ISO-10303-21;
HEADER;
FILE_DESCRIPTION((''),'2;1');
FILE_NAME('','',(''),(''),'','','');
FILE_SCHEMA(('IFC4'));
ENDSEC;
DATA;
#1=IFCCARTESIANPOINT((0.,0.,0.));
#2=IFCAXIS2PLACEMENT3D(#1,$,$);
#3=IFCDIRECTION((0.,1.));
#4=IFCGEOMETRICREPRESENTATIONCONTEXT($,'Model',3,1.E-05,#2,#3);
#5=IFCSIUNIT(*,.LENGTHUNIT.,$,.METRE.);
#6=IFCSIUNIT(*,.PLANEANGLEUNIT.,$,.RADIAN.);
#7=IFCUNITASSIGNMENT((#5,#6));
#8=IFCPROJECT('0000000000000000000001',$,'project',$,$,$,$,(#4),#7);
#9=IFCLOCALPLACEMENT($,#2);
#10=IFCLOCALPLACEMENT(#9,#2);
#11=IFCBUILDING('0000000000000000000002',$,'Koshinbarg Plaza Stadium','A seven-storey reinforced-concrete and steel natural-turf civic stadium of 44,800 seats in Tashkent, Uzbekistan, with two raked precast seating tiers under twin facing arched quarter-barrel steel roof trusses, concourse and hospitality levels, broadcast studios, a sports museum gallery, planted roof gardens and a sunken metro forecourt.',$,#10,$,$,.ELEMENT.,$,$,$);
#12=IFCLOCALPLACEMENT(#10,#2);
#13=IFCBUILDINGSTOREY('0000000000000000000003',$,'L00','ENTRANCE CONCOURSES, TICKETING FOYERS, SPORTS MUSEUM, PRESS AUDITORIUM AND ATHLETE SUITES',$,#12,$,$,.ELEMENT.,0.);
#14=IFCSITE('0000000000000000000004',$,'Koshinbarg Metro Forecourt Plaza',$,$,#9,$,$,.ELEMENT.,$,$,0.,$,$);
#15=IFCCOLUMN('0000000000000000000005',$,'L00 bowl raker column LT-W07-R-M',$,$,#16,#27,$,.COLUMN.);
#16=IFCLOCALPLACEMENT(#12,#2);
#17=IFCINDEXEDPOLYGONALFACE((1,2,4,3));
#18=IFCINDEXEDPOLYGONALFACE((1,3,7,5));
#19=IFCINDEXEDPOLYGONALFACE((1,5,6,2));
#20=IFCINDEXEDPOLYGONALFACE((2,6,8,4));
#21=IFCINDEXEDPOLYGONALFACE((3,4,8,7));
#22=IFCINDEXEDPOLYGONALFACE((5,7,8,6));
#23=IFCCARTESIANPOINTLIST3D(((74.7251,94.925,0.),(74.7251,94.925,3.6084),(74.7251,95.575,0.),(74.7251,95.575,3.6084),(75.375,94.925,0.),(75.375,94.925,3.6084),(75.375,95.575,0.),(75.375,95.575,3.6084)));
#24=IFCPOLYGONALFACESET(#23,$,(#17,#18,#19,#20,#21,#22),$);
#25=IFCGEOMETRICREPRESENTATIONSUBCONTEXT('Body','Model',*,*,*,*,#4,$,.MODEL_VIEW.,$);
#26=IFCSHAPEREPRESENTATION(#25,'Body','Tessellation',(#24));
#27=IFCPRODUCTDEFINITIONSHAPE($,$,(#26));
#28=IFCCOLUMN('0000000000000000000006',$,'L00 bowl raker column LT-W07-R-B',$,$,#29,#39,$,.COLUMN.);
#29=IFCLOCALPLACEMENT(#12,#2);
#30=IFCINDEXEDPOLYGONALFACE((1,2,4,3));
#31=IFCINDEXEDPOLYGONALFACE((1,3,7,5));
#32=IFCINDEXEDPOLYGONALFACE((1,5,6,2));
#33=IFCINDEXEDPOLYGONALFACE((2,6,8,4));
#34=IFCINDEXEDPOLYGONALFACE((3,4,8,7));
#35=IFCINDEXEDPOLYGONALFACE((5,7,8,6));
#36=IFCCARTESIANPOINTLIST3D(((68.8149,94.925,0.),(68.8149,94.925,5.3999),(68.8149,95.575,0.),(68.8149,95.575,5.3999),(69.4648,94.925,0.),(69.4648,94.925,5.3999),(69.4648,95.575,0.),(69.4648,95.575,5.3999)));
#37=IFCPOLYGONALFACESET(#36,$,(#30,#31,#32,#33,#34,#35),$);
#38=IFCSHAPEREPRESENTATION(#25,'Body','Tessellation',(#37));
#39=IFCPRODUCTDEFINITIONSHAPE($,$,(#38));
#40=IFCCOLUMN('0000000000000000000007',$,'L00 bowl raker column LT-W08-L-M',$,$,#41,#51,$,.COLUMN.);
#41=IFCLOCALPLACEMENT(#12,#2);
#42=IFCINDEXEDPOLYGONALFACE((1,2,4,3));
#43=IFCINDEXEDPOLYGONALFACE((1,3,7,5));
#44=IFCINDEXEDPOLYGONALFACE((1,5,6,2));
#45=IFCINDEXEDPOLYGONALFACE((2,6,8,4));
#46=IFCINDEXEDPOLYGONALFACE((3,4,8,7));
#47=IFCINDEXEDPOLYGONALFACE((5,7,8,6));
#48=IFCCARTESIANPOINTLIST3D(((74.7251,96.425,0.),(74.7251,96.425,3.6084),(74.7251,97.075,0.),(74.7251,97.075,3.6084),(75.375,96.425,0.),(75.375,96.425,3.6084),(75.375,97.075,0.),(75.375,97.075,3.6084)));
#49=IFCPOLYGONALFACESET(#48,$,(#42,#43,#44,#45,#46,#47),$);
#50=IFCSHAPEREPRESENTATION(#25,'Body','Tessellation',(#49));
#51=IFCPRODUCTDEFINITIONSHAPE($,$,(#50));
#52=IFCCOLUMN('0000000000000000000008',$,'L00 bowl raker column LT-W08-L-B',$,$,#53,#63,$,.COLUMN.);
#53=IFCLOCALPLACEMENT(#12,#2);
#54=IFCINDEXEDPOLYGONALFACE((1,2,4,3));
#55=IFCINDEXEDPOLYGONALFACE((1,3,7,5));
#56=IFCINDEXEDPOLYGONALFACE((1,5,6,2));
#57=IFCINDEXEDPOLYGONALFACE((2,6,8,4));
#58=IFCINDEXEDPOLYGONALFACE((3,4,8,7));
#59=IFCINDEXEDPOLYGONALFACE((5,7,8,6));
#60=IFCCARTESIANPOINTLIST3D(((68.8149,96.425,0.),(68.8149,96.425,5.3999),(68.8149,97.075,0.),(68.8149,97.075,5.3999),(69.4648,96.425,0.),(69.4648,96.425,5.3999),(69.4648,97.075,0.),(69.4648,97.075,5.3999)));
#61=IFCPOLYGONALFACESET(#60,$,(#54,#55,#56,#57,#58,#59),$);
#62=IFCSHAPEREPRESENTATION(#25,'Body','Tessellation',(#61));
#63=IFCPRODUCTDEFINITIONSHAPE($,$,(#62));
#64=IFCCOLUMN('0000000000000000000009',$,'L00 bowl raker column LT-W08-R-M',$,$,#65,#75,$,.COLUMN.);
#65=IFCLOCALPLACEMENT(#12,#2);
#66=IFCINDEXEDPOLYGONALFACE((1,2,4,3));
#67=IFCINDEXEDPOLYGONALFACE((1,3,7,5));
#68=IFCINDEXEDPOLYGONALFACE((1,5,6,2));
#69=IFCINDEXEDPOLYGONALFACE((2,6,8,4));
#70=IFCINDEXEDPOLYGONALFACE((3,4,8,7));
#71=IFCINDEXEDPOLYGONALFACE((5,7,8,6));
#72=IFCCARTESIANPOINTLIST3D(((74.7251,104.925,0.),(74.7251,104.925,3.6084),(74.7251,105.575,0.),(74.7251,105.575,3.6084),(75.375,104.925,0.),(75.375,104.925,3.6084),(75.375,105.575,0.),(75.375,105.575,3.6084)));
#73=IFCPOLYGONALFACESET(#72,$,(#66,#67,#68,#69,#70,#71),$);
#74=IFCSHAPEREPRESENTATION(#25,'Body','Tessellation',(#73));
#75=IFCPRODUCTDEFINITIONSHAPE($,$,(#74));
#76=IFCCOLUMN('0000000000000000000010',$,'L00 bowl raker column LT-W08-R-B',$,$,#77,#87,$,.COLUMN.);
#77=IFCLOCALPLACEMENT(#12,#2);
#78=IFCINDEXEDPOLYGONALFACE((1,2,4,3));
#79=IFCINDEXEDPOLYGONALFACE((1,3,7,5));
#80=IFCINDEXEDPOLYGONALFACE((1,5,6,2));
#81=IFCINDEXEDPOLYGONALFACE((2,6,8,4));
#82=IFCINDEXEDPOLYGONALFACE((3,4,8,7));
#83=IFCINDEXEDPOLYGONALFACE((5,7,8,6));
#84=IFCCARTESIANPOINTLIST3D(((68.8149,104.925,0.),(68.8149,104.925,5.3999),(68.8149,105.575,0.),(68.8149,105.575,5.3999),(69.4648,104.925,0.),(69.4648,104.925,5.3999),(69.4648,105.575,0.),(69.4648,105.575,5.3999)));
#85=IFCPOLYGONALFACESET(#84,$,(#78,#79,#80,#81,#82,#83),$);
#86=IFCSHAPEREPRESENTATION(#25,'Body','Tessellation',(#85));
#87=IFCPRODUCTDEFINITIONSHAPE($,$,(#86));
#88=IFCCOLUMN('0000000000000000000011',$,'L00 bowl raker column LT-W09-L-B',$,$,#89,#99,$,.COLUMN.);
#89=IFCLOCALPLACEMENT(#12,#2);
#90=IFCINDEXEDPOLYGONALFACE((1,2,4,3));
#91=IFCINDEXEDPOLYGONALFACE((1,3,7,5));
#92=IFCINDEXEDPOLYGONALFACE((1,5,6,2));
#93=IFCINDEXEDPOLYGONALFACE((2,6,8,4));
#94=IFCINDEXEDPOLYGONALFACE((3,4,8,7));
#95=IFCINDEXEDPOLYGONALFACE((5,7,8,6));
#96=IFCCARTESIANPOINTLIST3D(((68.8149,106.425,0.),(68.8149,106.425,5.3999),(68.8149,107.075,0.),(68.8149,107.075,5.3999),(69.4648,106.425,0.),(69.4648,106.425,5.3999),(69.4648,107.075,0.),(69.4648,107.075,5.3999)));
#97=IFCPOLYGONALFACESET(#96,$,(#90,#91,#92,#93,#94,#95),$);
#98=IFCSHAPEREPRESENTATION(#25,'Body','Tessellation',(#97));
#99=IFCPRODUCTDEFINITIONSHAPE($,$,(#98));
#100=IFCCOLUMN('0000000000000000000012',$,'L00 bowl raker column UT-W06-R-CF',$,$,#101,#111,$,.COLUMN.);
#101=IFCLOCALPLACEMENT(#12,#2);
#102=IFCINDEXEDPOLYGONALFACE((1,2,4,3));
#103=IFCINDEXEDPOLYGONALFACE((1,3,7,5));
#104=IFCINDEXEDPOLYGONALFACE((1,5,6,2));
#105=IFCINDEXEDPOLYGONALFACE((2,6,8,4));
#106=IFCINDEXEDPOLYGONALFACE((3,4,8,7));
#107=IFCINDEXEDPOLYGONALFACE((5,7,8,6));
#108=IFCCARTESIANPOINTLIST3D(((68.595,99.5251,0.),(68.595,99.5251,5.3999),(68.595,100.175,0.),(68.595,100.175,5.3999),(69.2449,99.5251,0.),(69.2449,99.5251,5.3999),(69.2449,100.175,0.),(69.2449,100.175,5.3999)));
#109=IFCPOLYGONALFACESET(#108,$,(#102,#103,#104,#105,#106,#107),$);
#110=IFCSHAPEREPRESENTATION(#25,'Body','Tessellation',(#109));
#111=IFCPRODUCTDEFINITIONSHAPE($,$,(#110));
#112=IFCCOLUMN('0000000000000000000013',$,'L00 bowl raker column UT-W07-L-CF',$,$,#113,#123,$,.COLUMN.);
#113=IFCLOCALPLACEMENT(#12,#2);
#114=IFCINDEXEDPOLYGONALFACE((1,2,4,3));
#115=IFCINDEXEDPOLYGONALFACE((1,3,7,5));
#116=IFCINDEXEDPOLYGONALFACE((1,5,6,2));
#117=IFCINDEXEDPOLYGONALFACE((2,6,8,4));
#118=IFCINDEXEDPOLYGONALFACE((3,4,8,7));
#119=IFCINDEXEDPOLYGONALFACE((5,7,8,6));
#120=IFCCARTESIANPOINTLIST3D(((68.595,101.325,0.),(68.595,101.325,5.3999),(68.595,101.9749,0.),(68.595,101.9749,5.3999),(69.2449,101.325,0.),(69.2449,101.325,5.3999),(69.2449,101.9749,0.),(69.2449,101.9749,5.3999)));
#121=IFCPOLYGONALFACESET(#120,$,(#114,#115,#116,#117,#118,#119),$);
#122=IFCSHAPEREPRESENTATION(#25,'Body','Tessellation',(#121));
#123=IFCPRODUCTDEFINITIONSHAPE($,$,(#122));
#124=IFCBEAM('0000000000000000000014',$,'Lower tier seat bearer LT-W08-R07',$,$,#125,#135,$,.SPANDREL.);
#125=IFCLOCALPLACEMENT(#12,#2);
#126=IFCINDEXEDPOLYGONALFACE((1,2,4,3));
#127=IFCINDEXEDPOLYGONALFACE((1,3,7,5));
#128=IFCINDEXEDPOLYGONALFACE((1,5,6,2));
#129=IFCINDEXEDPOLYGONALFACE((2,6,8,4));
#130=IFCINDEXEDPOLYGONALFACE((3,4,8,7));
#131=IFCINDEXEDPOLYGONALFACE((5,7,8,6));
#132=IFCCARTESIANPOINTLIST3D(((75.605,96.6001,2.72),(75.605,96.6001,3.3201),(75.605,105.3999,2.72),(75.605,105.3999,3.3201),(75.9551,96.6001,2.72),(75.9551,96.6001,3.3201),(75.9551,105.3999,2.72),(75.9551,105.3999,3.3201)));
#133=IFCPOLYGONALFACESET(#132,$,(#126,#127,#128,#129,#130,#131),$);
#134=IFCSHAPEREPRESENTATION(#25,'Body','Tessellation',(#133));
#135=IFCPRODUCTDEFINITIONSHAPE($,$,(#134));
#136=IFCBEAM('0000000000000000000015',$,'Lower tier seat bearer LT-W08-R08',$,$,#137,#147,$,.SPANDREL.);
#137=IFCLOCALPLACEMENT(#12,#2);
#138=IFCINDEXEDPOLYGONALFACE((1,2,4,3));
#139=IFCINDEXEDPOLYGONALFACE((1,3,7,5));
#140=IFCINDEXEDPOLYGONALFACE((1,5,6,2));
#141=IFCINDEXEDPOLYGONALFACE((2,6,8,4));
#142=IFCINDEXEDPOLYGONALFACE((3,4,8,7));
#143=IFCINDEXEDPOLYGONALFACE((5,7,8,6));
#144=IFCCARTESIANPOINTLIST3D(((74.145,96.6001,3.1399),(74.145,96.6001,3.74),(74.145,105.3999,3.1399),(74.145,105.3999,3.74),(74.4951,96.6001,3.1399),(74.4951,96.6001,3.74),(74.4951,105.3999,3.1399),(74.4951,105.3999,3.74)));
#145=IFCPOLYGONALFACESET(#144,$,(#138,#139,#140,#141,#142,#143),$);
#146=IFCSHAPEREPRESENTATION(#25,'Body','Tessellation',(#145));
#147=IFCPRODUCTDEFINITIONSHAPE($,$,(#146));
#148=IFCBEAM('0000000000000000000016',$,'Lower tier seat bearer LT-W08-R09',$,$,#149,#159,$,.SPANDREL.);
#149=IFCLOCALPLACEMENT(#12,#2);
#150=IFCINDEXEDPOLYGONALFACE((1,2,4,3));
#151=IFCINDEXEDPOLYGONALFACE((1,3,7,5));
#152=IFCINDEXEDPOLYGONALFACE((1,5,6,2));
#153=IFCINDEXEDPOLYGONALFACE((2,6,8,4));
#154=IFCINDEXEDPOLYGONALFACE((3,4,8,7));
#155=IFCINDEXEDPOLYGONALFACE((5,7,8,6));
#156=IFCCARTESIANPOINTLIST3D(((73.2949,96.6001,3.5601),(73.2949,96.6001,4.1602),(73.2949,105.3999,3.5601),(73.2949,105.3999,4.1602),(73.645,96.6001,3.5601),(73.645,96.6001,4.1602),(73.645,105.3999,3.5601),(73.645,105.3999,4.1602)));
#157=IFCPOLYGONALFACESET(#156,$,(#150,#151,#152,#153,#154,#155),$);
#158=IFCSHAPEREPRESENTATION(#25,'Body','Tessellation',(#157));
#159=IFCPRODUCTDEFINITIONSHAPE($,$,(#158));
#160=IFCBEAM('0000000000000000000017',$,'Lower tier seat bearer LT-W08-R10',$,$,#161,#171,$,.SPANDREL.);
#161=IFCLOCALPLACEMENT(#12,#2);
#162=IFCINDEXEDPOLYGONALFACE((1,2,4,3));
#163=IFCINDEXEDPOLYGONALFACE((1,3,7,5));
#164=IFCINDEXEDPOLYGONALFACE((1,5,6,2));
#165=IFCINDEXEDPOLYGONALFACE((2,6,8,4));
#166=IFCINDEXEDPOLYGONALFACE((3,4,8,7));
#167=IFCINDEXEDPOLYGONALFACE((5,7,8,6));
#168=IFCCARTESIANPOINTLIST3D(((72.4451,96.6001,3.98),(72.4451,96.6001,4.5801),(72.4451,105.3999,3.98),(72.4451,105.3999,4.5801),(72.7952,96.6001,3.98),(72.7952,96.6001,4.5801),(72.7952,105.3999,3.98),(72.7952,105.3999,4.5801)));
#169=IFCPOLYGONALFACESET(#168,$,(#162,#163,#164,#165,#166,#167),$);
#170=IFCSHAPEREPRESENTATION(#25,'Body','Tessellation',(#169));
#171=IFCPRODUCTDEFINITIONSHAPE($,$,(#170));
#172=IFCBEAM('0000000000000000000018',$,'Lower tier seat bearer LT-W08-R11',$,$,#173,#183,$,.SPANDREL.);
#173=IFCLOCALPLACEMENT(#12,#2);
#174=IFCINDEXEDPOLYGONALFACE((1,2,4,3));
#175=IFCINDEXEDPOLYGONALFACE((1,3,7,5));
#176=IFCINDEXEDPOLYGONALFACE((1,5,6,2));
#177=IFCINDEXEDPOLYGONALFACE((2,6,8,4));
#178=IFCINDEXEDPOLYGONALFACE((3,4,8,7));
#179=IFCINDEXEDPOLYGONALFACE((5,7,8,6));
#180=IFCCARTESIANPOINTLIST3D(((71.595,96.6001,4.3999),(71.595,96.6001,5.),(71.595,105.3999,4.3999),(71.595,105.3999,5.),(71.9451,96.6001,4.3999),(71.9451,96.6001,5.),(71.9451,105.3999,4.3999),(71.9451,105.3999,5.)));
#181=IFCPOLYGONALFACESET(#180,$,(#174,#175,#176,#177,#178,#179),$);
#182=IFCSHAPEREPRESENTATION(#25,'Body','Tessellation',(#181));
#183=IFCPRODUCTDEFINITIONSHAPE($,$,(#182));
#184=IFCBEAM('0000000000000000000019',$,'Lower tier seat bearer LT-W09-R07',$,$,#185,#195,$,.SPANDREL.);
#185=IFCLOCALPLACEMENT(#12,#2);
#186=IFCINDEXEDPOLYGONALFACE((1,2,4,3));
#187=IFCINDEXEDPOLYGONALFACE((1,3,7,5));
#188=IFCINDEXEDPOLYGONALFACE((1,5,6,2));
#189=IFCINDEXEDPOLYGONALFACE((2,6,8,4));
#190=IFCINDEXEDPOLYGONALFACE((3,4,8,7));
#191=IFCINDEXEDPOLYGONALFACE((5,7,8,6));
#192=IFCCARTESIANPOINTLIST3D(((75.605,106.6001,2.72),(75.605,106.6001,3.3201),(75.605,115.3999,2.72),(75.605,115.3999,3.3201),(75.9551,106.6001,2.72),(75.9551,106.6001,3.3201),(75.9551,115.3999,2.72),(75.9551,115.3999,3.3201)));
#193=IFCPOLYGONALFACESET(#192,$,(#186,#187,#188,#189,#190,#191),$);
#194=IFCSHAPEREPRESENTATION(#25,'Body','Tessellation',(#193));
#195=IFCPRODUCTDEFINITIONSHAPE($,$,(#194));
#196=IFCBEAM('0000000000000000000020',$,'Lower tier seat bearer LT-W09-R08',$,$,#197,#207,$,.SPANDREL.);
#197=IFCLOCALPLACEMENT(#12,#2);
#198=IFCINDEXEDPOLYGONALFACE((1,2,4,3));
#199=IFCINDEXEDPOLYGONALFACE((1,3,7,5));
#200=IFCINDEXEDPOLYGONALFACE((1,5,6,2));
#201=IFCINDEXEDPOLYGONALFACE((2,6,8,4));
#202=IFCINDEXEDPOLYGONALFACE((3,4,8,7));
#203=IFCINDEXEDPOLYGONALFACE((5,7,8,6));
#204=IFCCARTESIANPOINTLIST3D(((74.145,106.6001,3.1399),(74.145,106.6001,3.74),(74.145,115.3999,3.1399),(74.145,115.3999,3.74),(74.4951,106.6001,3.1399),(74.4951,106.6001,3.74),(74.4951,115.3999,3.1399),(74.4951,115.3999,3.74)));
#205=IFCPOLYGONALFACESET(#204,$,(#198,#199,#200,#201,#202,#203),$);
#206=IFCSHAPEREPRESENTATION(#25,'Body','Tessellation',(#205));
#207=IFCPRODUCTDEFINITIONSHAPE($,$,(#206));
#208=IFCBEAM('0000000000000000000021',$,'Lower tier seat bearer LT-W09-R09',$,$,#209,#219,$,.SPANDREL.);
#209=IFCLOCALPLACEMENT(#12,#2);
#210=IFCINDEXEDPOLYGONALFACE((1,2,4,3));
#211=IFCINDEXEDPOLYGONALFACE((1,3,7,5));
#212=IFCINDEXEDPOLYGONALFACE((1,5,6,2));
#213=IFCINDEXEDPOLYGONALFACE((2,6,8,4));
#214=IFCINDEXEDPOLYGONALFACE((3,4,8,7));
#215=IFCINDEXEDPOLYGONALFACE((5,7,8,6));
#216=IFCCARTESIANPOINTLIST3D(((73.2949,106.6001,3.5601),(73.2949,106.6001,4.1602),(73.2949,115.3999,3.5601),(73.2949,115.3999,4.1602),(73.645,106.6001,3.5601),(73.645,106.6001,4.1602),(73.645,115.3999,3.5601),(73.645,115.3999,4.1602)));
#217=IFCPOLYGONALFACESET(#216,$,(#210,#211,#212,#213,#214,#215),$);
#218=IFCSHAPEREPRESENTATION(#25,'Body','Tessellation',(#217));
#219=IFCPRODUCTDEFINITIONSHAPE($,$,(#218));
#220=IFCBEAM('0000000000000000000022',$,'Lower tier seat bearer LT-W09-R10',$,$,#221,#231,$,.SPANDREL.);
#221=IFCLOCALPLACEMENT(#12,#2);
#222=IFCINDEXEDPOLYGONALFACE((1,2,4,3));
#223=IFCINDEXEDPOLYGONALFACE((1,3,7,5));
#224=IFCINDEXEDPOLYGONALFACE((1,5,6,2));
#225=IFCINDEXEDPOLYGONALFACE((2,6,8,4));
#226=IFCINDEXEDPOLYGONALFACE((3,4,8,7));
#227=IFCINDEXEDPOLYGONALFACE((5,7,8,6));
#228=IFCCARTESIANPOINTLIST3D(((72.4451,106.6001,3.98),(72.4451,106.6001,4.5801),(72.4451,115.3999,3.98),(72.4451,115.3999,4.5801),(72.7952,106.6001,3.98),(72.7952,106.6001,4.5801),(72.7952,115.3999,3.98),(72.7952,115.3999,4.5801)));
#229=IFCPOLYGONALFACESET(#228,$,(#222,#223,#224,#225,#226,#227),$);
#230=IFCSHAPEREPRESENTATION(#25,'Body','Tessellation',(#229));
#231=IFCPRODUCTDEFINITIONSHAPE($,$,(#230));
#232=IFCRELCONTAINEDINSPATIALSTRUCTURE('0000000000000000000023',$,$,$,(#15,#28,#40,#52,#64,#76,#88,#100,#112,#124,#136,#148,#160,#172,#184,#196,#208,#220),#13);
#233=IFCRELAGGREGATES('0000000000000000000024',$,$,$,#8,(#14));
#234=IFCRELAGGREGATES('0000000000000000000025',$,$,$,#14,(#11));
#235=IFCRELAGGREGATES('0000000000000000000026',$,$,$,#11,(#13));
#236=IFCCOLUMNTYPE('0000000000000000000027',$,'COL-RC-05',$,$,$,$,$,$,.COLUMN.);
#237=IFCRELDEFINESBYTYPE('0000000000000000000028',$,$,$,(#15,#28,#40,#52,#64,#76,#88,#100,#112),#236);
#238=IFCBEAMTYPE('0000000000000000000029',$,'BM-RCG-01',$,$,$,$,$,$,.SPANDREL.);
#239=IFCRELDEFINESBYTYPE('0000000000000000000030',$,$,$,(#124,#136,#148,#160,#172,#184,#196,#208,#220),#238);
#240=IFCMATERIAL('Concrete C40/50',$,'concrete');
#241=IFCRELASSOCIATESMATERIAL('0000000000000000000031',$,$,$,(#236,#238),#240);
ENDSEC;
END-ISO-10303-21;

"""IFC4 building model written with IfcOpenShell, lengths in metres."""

from ifc_helpers import new_model, si_unit, direction, frame, origin, origin_2d, place, context, subcontext, project, spatial, rectangle, extrude, material, material_profile, profile_set, type_object, element, save


model = new_model("IFC4")

# Units and contexts
model_context = context("Model", 3, precision=1e-05, world=origin(), true_north=direction((0.0, 1.0)))
body_context = subcontext(model_context, "Body", "Model", "MODEL_VIEW")
ifc_project = project(units=[si_unit("LENGTHUNIT", "METRE"), si_unit("PLANEANGLEUNIT", "RADIAN")], contexts=[model_context])

# Site, building, storey
site_placement = place(None, origin())
site = spatial("IfcSite", under=ifc_project, at=site_placement, Name="Koshinbarg Metro Forecourt Plaza", CompositionType="ELEMENT", RefElevation=0.0)
building_placement = place(site_placement, origin())
building = spatial("IfcBuilding", under=site, at=building_placement, Name="Koshinbarg Plaza Stadium", Description="A seven-storey reinforced-concrete and steel natural-turf civic stadium of 44,800 seats in Tashkent, Uzbekistan, with two raked precast seating tiers under twin facing arched quarter-barrel steel roof trusses, concourse and hospitality levels, broadcast studios, a sports museum gallery, planted roof gardens and a sunken metro forecourt.", CompositionType="ELEMENT")
storey_placement = place(building_placement, origin())
storey = spatial("IfcBuildingStorey", under=building, at=storey_placement, Name="L00", Description="ENTRANCE CONCOURSES, TICKETING FOYERS, SPORTS MUSEUM, PRESS AUDITORIUM AND ATHLETE SUITES", CompositionType="ELEMENT", Elevation=0.0)

# Columns
ifc_material_1 = material(Name="Concrete C40/50", Category="concrete")
ifc_material_profile_1 = material_profile(ifc_material_1, rectangle(XDim=0.6499, YDim=0.6499, at=origin_2d()), Name="RC 650x650")
ifc_profile_set_1 = profile_set([ifc_material_profile_1], Name="Concrete C40/50")
column_type = type_object("IfcColumnType", Name="COL-RC-05", PredefinedType="COLUMN", material=ifc_profile_set_1)
column_1_placement = place(storey_placement, frame((75.05, 95.25, 0.0), z_axis=(0.0, 0.0, 1.0), x_axis=(1.0, 0.0, 0.0)))
element("IfcColumn", 1, at=column_1_placement, inside=storey, type_object=column_type, Name="L00 bowl raker column LT-W07-R-M", PredefinedType="COLUMN", context=body_context, shape_type="SweptSolid", body=[
    extrude(rectangle(XDim=0.6499, YDim=0.6499, at=origin_2d()), origin(), (0.0, 0.0, 1.0), 3.6084),
])
column_2_placement = place(storey_placement, frame((69.1399, 95.25, 0.0), z_axis=(0.0, 0.0, 1.0), x_axis=(1.0, 0.0, 0.0)))
element("IfcColumn", 2, at=column_2_placement, inside=storey, type_object=column_type, Name="L00 bowl raker column LT-W07-R-B", PredefinedType="COLUMN", context=body_context, shape_type="SweptSolid", body=[
    extrude(rectangle(XDim=0.6499, YDim=0.6499, at=origin_2d()), origin(), (0.0, 0.0, 1.0), 5.3999),
])
column_3_placement = place(storey_placement, frame((75.05, 96.75, 0.0), z_axis=(0.0, 0.0, 1.0), x_axis=(1.0, 0.0, 0.0)))
element("IfcColumn", 3, at=column_3_placement, inside=storey, type_object=column_type, Name="L00 bowl raker column LT-W08-L-M", PredefinedType="COLUMN", context=body_context, shape_type="SweptSolid", body=[
    extrude(rectangle(XDim=0.6499, YDim=0.6499, at=origin_2d()), origin(), (0.0, 0.0, 1.0), 3.6084),
])
column_4_placement = place(storey_placement, frame((69.1399, 96.75, 0.0), z_axis=(0.0, 0.0, 1.0), x_axis=(1.0, 0.0, 0.0)))
element("IfcColumn", 4, at=column_4_placement, inside=storey, type_object=column_type, Name="L00 bowl raker column LT-W08-L-B", PredefinedType="COLUMN", context=body_context, shape_type="SweptSolid", body=[
    extrude(rectangle(XDim=0.6499, YDim=0.6499, at=origin_2d()), origin(), (0.0, 0.0, 1.0), 5.3999),
])
column_5_placement = place(storey_placement, frame((75.05, 105.25, 0.0), z_axis=(0.0, 0.0, 1.0), x_axis=(1.0, 0.0, 0.0)))
element("IfcColumn", 5, at=column_5_placement, inside=storey, type_object=column_type, Name="L00 bowl raker column LT-W08-R-M", PredefinedType="COLUMN", context=body_context, shape_type="SweptSolid", body=[
    extrude(rectangle(XDim=0.6499, YDim=0.6499, at=origin_2d()), origin(), (0.0, 0.0, 1.0), 3.6084),
])
for number, where, z_axis, x_axis, name in (
    (6, (69.1399, 105.25, 0.0), (0.0, 0.0, 1.0), (1.0, 0.0, 0.0), "L00 bowl raker column LT-W08-R-B"),
    (7, (69.1399, 106.75, 0.0), (0.0, 0.0, 1.0), (1.0, 0.0, 0.0), "L00 bowl raker column LT-W09-L-B"),
    (8, (68.9199, 99.8501, 0.0), (0.0, 0.0, 1.0), (1.0, 0.0, 0.0), "L00 bowl raker column UT-W06-R-CF"),
    (9, (68.9199, 101.6499, 0.0), (0.0, 0.0, 1.0), (1.0, 0.0, 0.0), "L00 bowl raker column UT-W07-L-CF"),
):
    element("IfcColumn", number, at=place(storey_placement, frame(where, z_axis=z_axis, x_axis=x_axis)), inside=storey, type_object=column_type, Name=name, PredefinedType="COLUMN", context=body_context, shape_type="SweptSolid", body=[
        extrude(rectangle(XDim=0.6499, YDim=0.6499, at=origin_2d()), origin(), (0.0, 0.0, 1.0), 5.3999),
    ])

# Beams
ifc_material_profile_2 = material_profile(ifc_material_1, rectangle(XDim=0.3501, YDim=0.6001, at=origin_2d()), Name="RC 350x600")
ifc_profile_set_2 = profile_set([ifc_material_profile_2], Name="Concrete C40/50")
beam_type = type_object("IfcBeamType", Name="BM-RCG-01", PredefinedType="SPANDREL", material=ifc_profile_set_2)
for number, where, z_axis, x_axis, name in (
    (10, (75.78, 96.6001, 3.02), (0.0, 1.0, 0.0), (-1.0, 0.0, 0.0), "Lower tier seat bearer LT-W08-R07"),
    (11, (74.3201, 96.6001, 3.4399), (0.0, 1.0, 0.0), (-1.0, 0.0, 0.0), "Lower tier seat bearer LT-W08-R08"),
    (12, (73.47, 96.6001, 3.8601), (0.0, 1.0, 0.0), (-1.0, 0.0, 0.0), "Lower tier seat bearer LT-W08-R09"),
    (13, (72.6201, 96.6001, 4.28), (0.0, 1.0, 0.0), (-1.0, 0.0, 0.0), "Lower tier seat bearer LT-W08-R10"),
    (14, (71.77, 96.6001, 4.7), (0.0, 1.0, 0.0), (-1.0, 0.0, 0.0), "Lower tier seat bearer LT-W08-R11"),
    (15, (75.78, 106.6001, 3.02), (0.0, 1.0, 0.0), (-1.0, 0.0, 0.0), "Lower tier seat bearer LT-W09-R07"),
    (16, (74.3201, 106.6001, 3.4399), (0.0, 1.0, 0.0), (-1.0, 0.0, 0.0), "Lower tier seat bearer LT-W09-R08"),
    (17, (73.47, 106.6001, 3.8601), (0.0, 1.0, 0.0), (-1.0, 0.0, 0.0), "Lower tier seat bearer LT-W09-R09"),
    (18, (72.6201, 106.6001, 4.28), (0.0, 1.0, 0.0), (-1.0, 0.0, 0.0), "Lower tier seat bearer LT-W09-R10"),
):
    element("IfcBeam", number, at=place(storey_placement, frame(where, z_axis=z_axis, x_axis=x_axis)), inside=storey, type_object=beam_type, Name=name, PredefinedType="SPANDREL", context=body_context, shape_type="SweptSolid", body=[
        extrude(rectangle(XDim=0.3501, YDim=0.6001, at=origin_2d()), origin(), (0.0, 0.0, 1.0), 8.7998),
    ])

save(model, "model.ifc")
